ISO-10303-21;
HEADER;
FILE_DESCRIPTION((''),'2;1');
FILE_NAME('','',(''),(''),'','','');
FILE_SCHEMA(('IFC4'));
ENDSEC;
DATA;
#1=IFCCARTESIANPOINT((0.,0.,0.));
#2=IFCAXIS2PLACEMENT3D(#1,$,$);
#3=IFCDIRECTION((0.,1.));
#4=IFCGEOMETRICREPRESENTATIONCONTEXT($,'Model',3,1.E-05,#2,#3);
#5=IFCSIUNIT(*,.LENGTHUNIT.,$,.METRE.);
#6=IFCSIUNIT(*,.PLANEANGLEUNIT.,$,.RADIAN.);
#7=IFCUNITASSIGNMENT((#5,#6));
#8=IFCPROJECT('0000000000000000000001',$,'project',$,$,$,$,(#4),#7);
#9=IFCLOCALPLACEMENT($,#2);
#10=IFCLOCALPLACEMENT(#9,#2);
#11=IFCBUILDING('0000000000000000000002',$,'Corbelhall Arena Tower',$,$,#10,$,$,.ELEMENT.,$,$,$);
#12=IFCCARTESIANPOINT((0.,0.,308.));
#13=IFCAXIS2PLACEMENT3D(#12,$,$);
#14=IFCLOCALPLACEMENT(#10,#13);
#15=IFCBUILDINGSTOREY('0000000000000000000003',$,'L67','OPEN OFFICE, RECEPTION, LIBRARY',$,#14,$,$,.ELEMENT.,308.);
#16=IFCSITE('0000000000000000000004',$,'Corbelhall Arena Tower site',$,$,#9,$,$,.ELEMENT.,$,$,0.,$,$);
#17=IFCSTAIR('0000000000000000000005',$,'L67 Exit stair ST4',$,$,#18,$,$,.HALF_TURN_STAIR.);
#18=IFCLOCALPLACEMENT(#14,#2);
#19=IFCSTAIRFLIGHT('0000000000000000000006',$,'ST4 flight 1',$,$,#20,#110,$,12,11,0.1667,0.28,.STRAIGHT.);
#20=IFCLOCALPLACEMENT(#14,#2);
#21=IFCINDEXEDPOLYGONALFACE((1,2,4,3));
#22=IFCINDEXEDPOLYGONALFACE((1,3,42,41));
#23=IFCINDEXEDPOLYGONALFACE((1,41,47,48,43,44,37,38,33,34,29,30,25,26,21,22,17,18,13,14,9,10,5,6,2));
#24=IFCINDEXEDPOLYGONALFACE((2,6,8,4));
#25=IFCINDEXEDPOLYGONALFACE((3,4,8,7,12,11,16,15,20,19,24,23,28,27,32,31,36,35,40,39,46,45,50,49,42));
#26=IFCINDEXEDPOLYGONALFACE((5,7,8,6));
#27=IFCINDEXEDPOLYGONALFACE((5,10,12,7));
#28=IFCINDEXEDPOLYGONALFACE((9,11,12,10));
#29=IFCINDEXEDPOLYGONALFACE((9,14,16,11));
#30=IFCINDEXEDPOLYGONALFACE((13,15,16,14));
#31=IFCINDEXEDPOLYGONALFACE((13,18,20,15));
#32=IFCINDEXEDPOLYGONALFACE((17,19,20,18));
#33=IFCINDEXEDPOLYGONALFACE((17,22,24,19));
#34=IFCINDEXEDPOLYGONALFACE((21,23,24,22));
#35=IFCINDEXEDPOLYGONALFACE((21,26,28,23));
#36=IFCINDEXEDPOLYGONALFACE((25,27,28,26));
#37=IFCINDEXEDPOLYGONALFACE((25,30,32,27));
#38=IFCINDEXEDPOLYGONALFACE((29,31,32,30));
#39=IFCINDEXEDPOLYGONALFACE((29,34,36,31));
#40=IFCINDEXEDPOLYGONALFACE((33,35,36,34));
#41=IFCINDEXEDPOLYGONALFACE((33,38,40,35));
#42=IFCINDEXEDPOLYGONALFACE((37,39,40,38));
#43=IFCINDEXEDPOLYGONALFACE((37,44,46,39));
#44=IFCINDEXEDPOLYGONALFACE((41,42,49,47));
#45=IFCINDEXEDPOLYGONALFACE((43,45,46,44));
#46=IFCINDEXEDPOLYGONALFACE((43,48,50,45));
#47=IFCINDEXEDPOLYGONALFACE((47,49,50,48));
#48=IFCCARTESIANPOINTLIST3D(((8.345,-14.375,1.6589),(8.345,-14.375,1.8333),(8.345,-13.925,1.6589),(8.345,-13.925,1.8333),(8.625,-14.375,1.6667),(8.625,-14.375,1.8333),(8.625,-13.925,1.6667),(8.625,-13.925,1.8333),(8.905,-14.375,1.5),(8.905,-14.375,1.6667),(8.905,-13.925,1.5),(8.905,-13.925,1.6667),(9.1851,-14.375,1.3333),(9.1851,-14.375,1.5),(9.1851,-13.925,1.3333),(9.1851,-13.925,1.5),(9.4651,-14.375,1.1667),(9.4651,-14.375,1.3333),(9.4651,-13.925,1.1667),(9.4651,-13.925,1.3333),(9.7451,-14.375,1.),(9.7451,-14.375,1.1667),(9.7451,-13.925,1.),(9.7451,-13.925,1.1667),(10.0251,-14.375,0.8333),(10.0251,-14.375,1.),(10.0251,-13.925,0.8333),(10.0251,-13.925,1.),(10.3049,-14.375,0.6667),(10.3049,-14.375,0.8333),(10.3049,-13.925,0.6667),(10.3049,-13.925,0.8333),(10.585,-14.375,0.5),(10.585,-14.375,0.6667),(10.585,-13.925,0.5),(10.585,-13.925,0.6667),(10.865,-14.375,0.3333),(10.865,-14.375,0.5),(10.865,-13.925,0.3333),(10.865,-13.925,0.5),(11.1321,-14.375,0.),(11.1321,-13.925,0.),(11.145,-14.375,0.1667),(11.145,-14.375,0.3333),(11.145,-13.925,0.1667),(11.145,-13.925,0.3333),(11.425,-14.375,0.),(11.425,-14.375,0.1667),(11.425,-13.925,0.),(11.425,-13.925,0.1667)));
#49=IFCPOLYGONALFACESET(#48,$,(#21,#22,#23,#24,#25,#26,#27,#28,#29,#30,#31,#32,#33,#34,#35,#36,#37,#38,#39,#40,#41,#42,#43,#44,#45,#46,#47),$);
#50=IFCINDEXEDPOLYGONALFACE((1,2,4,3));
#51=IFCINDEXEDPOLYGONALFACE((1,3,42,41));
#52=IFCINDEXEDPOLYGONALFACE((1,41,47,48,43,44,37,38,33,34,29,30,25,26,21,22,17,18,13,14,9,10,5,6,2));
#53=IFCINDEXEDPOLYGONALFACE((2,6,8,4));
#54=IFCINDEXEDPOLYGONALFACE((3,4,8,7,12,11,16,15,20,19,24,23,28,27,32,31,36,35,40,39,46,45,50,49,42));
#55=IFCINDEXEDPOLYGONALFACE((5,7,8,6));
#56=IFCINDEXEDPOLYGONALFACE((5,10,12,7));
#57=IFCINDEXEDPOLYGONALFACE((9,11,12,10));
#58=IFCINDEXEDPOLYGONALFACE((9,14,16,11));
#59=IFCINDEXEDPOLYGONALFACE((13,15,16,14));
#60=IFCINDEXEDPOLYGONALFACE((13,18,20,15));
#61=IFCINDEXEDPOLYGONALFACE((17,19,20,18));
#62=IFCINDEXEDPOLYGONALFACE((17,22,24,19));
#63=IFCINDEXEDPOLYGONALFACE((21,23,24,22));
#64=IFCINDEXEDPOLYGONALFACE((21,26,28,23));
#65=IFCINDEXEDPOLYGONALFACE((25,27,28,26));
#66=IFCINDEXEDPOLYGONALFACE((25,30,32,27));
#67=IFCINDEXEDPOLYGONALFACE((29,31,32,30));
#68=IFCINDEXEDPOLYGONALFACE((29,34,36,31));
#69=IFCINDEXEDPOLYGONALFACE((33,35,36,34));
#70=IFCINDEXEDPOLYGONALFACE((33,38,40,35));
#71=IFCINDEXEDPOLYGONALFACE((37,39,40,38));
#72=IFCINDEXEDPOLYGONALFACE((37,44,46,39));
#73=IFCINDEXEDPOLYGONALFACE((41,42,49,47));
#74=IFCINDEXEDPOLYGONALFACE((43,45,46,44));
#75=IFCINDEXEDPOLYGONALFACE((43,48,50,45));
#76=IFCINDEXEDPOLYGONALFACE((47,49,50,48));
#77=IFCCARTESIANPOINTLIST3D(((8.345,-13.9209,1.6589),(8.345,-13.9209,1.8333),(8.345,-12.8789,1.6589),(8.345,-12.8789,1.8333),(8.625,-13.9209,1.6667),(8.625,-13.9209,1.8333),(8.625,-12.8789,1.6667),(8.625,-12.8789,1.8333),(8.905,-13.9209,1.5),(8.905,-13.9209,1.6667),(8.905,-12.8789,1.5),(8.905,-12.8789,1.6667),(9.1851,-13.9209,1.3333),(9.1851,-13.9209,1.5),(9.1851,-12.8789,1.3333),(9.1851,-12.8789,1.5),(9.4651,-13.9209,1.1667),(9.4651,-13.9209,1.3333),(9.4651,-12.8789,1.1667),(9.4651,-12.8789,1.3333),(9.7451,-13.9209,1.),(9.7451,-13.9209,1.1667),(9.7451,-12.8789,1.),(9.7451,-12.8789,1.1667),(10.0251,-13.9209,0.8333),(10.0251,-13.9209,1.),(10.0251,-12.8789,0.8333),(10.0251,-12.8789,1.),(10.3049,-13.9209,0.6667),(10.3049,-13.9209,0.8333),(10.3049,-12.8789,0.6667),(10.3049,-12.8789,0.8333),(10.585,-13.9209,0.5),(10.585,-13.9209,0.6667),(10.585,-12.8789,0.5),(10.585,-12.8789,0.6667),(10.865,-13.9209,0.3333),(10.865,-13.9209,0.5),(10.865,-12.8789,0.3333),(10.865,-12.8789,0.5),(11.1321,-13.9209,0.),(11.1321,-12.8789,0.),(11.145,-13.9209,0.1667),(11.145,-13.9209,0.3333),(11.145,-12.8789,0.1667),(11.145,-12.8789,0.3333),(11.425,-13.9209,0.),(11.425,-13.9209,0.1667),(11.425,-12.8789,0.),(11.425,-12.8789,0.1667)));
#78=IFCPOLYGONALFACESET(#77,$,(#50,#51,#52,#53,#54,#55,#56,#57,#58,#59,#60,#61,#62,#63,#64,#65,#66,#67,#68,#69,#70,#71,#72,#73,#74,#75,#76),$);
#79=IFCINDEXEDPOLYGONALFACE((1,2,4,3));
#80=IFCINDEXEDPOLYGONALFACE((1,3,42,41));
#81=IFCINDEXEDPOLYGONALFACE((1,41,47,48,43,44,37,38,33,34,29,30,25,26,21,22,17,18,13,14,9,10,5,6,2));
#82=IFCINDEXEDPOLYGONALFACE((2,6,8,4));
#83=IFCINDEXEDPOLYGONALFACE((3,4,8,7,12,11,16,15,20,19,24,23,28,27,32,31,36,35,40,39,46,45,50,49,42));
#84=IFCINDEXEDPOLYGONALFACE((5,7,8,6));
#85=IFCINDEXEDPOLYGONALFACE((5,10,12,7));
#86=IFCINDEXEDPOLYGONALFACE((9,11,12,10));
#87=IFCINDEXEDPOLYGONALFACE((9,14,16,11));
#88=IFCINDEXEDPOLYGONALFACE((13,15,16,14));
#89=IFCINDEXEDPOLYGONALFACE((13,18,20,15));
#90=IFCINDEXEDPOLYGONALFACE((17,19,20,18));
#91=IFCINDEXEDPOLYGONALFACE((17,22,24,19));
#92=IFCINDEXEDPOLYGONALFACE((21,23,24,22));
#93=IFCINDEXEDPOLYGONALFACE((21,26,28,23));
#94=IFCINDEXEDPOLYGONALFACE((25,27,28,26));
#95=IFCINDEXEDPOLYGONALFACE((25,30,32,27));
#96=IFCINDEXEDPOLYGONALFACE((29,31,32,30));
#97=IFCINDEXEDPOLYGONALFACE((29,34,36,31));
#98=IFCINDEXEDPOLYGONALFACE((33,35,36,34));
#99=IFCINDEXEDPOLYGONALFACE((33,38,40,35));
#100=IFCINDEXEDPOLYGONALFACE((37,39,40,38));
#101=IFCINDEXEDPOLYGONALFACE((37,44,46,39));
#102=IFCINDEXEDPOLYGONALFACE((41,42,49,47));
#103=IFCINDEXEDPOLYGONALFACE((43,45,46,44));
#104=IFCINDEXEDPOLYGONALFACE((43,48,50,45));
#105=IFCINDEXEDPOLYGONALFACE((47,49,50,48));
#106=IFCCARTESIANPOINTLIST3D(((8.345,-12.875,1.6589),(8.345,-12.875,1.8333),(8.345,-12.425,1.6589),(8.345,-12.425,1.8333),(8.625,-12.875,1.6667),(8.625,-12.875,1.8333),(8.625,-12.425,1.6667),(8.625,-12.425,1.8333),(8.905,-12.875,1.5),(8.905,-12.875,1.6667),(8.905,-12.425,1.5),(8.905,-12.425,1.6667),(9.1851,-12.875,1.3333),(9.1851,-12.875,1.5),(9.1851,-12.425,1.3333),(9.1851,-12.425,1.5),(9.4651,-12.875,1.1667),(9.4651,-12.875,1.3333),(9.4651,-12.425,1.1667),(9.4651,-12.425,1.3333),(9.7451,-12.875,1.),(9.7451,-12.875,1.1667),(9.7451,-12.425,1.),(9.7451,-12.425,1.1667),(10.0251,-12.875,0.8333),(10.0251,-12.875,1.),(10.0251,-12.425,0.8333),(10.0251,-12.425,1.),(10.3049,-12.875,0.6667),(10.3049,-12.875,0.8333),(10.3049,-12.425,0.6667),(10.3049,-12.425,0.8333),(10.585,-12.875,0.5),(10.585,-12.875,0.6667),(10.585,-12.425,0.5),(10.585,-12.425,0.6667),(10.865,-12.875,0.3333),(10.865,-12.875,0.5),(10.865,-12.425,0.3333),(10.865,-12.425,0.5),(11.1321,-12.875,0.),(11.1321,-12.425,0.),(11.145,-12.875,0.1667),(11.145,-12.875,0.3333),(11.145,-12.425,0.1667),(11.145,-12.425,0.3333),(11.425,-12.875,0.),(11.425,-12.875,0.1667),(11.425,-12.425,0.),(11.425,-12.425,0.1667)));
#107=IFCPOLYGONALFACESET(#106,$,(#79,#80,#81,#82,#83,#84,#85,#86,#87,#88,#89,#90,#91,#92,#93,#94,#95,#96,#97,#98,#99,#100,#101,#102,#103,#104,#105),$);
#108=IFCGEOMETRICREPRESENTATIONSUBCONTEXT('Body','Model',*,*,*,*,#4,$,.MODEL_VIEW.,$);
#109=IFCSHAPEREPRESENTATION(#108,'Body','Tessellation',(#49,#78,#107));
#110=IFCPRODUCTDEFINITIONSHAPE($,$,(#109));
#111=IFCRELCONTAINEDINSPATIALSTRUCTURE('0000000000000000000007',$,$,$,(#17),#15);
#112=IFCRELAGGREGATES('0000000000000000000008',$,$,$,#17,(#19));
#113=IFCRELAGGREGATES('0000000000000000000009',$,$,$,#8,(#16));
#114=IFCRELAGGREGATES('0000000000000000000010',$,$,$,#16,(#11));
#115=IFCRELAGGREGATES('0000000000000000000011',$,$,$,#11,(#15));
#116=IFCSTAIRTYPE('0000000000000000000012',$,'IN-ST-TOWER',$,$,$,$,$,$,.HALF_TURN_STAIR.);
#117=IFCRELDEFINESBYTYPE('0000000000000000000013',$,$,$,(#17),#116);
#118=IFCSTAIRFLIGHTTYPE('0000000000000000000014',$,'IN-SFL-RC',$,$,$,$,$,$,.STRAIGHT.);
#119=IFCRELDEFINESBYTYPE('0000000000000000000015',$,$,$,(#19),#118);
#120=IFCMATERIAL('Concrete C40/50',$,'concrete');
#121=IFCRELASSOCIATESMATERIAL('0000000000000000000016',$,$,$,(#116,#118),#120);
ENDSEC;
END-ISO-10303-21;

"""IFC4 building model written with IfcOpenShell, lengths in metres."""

from ifc_helpers import new_model, si_unit, direction, frame, origin, place, context, subcontext, project, spatial, polyline, outline, extrude, material, type_object, element, aggregate, save


model = new_model("IFC4")

# Units and contexts
model_context = context("Model", 3, precision=1e-05, world=origin(), true_north=direction((0.0, 1.0)))
body_context = subcontext(model_context, "Body", "Model", "MODEL_VIEW")
ifc_project = project(units=[si_unit("LENGTHUNIT", "METRE"), si_unit("PLANEANGLEUNIT", "RADIAN")], contexts=[model_context])

# Site, building, storey
site_placement = place(None, origin())
site = spatial("IfcSite", under=ifc_project, at=site_placement, Name="Corbelhall Arena Tower site", CompositionType="ELEMENT", RefElevation=0.0)
building_placement = place(site_placement, origin())
building = spatial("IfcBuilding", under=site, at=building_placement, Name="Corbelhall Arena Tower", CompositionType="ELEMENT")
storey_placement = place(building_placement, frame((0.0, 0.0, 308.0)))
storey = spatial("IfcBuildingStorey", under=building, at=storey_placement, Name="L67", Description="OPEN OFFICE, RECEPTION, LIBRARY", CompositionType="ELEMENT", Elevation=308.0)

# Shared definitions
ifc_material_1 = material(Name="Concrete C40/50", Category="concrete")

# Stair, stair flight
stair_type = type_object("IfcStairType", Name="IN-ST-TOWER", PredefinedType="HALF_TURN_STAIR", material=ifc_material_1)
stair_placement = place(storey_placement, origin())
stair = element("IfcStair", 1, at=stair_placement, inside=storey, type_object=stair_type, Name="L67 Exit stair ST4", PredefinedType="HALF_TURN_STAIR")
stair_flight_type = type_object("IfcStairFlightType", Name="IN-SFL-RC", PredefinedType="STRAIGHT", material=ifc_material_1)
stair_flight_placement = place(storey_placement, frame((11.425, -13.3999, 0.0), z_axis=(0.0, 0.0, 1.0), x_axis=(-1.0, 0.0, 0.0)))
stair_flight = element("IfcStairFlight", 2, at=stair_flight_placement, type_object=stair_flight_type, Name="ST4 flight 1", NumberOfRisers=12, NumberOfTreads=11, PredefinedType="STRAIGHT", RiserHeight=0.1667, TreadLength=0.28, context=body_context, shape_type="SweptSolid", body=[
    extrude(outline(polyline([(0.0, 0.0), (0.0, 0.1667), (0.28, 0.1667), (0.28, 0.3333), (0.5601, 0.3333), (0.5601, 0.5), (0.8401, 0.5), (0.8401, 0.6667), (1.1201, 0.6667), (1.1201, 0.8333), (1.3999, 0.8333), (1.3999, 1.0), (1.6799, 1.0), (1.6799, 1.1667), (1.96, 1.1667), (1.96, 1.3333), (2.24, 1.3333), (2.24, 1.5), (2.52, 1.5), (2.52, 1.6667), (2.8, 1.6667), (2.8, 1.8333), (3.0801, 1.8333), (3.0801, 2.0), (3.0801, 1.6589), (0.293, 0.0), (0.0, 0.0)])), frame((0.0, 0.9751, 0.0), z_axis=(0.0, -1.0, 0.0), x_axis=(1.0, 0.0, 0.0)), (0.0, 0.0, 1.0), 0.45),
    extrude(outline(polyline([(0.0, 0.0), (0.0, 0.1667), (0.28, 0.1667), (0.28, 0.3333), (0.5601, 0.3333), (0.5601, 0.5), (0.8401, 0.5), (0.8401, 0.6667), (1.1201, 0.6667), (1.1201, 0.8333), (1.3999, 0.8333), (1.3999, 1.0), (1.6799, 1.0), (1.6799, 1.1667), (1.96, 1.1667), (1.96, 1.3333), (2.24, 1.3333), (2.24, 1.5), (2.52, 1.5), (2.52, 1.6667), (2.8, 1.6667), (2.8, 1.8333), (3.0801, 1.8333), (3.0801, 2.0), (3.0801, 1.6589), (0.293, 0.0), (0.0, 0.0)])), frame((0.0, 0.521, 0.0), z_axis=(0.0, -1.0, 0.0), x_axis=(1.0, 0.0, 0.0)), (0.0, 0.0, 1.0), 1.042),
    extrude(outline(polyline([(0.0, 0.0), (0.0, 0.1667), (0.28, 0.1667), (0.28, 0.3333), (0.5601, 0.3333), (0.5601, 0.5), (0.8401, 0.5), (0.8401, 0.6667), (1.1201, 0.6667), (1.1201, 0.8333), (1.3999, 0.8333), (1.3999, 1.0), (1.6799, 1.0), (1.6799, 1.1667), (1.96, 1.1667), (1.96, 1.3333), (2.24, 1.3333), (2.24, 1.5), (2.52, 1.5), (2.52, 1.6667), (2.8, 1.6667), (2.8, 1.8333), (3.0801, 1.8333), (3.0801, 2.0), (3.0801, 1.6589), (0.293, 0.0), (0.0, 0.0)])), frame((0.0, -0.5249, 0.0), z_axis=(0.0, -1.0, 0.0), x_axis=(1.0, 0.0, 0.0)), (0.0, 0.0, 1.0), 0.45),
])
aggregate(stair, [stair_flight])

save(model, "model.ifc")
